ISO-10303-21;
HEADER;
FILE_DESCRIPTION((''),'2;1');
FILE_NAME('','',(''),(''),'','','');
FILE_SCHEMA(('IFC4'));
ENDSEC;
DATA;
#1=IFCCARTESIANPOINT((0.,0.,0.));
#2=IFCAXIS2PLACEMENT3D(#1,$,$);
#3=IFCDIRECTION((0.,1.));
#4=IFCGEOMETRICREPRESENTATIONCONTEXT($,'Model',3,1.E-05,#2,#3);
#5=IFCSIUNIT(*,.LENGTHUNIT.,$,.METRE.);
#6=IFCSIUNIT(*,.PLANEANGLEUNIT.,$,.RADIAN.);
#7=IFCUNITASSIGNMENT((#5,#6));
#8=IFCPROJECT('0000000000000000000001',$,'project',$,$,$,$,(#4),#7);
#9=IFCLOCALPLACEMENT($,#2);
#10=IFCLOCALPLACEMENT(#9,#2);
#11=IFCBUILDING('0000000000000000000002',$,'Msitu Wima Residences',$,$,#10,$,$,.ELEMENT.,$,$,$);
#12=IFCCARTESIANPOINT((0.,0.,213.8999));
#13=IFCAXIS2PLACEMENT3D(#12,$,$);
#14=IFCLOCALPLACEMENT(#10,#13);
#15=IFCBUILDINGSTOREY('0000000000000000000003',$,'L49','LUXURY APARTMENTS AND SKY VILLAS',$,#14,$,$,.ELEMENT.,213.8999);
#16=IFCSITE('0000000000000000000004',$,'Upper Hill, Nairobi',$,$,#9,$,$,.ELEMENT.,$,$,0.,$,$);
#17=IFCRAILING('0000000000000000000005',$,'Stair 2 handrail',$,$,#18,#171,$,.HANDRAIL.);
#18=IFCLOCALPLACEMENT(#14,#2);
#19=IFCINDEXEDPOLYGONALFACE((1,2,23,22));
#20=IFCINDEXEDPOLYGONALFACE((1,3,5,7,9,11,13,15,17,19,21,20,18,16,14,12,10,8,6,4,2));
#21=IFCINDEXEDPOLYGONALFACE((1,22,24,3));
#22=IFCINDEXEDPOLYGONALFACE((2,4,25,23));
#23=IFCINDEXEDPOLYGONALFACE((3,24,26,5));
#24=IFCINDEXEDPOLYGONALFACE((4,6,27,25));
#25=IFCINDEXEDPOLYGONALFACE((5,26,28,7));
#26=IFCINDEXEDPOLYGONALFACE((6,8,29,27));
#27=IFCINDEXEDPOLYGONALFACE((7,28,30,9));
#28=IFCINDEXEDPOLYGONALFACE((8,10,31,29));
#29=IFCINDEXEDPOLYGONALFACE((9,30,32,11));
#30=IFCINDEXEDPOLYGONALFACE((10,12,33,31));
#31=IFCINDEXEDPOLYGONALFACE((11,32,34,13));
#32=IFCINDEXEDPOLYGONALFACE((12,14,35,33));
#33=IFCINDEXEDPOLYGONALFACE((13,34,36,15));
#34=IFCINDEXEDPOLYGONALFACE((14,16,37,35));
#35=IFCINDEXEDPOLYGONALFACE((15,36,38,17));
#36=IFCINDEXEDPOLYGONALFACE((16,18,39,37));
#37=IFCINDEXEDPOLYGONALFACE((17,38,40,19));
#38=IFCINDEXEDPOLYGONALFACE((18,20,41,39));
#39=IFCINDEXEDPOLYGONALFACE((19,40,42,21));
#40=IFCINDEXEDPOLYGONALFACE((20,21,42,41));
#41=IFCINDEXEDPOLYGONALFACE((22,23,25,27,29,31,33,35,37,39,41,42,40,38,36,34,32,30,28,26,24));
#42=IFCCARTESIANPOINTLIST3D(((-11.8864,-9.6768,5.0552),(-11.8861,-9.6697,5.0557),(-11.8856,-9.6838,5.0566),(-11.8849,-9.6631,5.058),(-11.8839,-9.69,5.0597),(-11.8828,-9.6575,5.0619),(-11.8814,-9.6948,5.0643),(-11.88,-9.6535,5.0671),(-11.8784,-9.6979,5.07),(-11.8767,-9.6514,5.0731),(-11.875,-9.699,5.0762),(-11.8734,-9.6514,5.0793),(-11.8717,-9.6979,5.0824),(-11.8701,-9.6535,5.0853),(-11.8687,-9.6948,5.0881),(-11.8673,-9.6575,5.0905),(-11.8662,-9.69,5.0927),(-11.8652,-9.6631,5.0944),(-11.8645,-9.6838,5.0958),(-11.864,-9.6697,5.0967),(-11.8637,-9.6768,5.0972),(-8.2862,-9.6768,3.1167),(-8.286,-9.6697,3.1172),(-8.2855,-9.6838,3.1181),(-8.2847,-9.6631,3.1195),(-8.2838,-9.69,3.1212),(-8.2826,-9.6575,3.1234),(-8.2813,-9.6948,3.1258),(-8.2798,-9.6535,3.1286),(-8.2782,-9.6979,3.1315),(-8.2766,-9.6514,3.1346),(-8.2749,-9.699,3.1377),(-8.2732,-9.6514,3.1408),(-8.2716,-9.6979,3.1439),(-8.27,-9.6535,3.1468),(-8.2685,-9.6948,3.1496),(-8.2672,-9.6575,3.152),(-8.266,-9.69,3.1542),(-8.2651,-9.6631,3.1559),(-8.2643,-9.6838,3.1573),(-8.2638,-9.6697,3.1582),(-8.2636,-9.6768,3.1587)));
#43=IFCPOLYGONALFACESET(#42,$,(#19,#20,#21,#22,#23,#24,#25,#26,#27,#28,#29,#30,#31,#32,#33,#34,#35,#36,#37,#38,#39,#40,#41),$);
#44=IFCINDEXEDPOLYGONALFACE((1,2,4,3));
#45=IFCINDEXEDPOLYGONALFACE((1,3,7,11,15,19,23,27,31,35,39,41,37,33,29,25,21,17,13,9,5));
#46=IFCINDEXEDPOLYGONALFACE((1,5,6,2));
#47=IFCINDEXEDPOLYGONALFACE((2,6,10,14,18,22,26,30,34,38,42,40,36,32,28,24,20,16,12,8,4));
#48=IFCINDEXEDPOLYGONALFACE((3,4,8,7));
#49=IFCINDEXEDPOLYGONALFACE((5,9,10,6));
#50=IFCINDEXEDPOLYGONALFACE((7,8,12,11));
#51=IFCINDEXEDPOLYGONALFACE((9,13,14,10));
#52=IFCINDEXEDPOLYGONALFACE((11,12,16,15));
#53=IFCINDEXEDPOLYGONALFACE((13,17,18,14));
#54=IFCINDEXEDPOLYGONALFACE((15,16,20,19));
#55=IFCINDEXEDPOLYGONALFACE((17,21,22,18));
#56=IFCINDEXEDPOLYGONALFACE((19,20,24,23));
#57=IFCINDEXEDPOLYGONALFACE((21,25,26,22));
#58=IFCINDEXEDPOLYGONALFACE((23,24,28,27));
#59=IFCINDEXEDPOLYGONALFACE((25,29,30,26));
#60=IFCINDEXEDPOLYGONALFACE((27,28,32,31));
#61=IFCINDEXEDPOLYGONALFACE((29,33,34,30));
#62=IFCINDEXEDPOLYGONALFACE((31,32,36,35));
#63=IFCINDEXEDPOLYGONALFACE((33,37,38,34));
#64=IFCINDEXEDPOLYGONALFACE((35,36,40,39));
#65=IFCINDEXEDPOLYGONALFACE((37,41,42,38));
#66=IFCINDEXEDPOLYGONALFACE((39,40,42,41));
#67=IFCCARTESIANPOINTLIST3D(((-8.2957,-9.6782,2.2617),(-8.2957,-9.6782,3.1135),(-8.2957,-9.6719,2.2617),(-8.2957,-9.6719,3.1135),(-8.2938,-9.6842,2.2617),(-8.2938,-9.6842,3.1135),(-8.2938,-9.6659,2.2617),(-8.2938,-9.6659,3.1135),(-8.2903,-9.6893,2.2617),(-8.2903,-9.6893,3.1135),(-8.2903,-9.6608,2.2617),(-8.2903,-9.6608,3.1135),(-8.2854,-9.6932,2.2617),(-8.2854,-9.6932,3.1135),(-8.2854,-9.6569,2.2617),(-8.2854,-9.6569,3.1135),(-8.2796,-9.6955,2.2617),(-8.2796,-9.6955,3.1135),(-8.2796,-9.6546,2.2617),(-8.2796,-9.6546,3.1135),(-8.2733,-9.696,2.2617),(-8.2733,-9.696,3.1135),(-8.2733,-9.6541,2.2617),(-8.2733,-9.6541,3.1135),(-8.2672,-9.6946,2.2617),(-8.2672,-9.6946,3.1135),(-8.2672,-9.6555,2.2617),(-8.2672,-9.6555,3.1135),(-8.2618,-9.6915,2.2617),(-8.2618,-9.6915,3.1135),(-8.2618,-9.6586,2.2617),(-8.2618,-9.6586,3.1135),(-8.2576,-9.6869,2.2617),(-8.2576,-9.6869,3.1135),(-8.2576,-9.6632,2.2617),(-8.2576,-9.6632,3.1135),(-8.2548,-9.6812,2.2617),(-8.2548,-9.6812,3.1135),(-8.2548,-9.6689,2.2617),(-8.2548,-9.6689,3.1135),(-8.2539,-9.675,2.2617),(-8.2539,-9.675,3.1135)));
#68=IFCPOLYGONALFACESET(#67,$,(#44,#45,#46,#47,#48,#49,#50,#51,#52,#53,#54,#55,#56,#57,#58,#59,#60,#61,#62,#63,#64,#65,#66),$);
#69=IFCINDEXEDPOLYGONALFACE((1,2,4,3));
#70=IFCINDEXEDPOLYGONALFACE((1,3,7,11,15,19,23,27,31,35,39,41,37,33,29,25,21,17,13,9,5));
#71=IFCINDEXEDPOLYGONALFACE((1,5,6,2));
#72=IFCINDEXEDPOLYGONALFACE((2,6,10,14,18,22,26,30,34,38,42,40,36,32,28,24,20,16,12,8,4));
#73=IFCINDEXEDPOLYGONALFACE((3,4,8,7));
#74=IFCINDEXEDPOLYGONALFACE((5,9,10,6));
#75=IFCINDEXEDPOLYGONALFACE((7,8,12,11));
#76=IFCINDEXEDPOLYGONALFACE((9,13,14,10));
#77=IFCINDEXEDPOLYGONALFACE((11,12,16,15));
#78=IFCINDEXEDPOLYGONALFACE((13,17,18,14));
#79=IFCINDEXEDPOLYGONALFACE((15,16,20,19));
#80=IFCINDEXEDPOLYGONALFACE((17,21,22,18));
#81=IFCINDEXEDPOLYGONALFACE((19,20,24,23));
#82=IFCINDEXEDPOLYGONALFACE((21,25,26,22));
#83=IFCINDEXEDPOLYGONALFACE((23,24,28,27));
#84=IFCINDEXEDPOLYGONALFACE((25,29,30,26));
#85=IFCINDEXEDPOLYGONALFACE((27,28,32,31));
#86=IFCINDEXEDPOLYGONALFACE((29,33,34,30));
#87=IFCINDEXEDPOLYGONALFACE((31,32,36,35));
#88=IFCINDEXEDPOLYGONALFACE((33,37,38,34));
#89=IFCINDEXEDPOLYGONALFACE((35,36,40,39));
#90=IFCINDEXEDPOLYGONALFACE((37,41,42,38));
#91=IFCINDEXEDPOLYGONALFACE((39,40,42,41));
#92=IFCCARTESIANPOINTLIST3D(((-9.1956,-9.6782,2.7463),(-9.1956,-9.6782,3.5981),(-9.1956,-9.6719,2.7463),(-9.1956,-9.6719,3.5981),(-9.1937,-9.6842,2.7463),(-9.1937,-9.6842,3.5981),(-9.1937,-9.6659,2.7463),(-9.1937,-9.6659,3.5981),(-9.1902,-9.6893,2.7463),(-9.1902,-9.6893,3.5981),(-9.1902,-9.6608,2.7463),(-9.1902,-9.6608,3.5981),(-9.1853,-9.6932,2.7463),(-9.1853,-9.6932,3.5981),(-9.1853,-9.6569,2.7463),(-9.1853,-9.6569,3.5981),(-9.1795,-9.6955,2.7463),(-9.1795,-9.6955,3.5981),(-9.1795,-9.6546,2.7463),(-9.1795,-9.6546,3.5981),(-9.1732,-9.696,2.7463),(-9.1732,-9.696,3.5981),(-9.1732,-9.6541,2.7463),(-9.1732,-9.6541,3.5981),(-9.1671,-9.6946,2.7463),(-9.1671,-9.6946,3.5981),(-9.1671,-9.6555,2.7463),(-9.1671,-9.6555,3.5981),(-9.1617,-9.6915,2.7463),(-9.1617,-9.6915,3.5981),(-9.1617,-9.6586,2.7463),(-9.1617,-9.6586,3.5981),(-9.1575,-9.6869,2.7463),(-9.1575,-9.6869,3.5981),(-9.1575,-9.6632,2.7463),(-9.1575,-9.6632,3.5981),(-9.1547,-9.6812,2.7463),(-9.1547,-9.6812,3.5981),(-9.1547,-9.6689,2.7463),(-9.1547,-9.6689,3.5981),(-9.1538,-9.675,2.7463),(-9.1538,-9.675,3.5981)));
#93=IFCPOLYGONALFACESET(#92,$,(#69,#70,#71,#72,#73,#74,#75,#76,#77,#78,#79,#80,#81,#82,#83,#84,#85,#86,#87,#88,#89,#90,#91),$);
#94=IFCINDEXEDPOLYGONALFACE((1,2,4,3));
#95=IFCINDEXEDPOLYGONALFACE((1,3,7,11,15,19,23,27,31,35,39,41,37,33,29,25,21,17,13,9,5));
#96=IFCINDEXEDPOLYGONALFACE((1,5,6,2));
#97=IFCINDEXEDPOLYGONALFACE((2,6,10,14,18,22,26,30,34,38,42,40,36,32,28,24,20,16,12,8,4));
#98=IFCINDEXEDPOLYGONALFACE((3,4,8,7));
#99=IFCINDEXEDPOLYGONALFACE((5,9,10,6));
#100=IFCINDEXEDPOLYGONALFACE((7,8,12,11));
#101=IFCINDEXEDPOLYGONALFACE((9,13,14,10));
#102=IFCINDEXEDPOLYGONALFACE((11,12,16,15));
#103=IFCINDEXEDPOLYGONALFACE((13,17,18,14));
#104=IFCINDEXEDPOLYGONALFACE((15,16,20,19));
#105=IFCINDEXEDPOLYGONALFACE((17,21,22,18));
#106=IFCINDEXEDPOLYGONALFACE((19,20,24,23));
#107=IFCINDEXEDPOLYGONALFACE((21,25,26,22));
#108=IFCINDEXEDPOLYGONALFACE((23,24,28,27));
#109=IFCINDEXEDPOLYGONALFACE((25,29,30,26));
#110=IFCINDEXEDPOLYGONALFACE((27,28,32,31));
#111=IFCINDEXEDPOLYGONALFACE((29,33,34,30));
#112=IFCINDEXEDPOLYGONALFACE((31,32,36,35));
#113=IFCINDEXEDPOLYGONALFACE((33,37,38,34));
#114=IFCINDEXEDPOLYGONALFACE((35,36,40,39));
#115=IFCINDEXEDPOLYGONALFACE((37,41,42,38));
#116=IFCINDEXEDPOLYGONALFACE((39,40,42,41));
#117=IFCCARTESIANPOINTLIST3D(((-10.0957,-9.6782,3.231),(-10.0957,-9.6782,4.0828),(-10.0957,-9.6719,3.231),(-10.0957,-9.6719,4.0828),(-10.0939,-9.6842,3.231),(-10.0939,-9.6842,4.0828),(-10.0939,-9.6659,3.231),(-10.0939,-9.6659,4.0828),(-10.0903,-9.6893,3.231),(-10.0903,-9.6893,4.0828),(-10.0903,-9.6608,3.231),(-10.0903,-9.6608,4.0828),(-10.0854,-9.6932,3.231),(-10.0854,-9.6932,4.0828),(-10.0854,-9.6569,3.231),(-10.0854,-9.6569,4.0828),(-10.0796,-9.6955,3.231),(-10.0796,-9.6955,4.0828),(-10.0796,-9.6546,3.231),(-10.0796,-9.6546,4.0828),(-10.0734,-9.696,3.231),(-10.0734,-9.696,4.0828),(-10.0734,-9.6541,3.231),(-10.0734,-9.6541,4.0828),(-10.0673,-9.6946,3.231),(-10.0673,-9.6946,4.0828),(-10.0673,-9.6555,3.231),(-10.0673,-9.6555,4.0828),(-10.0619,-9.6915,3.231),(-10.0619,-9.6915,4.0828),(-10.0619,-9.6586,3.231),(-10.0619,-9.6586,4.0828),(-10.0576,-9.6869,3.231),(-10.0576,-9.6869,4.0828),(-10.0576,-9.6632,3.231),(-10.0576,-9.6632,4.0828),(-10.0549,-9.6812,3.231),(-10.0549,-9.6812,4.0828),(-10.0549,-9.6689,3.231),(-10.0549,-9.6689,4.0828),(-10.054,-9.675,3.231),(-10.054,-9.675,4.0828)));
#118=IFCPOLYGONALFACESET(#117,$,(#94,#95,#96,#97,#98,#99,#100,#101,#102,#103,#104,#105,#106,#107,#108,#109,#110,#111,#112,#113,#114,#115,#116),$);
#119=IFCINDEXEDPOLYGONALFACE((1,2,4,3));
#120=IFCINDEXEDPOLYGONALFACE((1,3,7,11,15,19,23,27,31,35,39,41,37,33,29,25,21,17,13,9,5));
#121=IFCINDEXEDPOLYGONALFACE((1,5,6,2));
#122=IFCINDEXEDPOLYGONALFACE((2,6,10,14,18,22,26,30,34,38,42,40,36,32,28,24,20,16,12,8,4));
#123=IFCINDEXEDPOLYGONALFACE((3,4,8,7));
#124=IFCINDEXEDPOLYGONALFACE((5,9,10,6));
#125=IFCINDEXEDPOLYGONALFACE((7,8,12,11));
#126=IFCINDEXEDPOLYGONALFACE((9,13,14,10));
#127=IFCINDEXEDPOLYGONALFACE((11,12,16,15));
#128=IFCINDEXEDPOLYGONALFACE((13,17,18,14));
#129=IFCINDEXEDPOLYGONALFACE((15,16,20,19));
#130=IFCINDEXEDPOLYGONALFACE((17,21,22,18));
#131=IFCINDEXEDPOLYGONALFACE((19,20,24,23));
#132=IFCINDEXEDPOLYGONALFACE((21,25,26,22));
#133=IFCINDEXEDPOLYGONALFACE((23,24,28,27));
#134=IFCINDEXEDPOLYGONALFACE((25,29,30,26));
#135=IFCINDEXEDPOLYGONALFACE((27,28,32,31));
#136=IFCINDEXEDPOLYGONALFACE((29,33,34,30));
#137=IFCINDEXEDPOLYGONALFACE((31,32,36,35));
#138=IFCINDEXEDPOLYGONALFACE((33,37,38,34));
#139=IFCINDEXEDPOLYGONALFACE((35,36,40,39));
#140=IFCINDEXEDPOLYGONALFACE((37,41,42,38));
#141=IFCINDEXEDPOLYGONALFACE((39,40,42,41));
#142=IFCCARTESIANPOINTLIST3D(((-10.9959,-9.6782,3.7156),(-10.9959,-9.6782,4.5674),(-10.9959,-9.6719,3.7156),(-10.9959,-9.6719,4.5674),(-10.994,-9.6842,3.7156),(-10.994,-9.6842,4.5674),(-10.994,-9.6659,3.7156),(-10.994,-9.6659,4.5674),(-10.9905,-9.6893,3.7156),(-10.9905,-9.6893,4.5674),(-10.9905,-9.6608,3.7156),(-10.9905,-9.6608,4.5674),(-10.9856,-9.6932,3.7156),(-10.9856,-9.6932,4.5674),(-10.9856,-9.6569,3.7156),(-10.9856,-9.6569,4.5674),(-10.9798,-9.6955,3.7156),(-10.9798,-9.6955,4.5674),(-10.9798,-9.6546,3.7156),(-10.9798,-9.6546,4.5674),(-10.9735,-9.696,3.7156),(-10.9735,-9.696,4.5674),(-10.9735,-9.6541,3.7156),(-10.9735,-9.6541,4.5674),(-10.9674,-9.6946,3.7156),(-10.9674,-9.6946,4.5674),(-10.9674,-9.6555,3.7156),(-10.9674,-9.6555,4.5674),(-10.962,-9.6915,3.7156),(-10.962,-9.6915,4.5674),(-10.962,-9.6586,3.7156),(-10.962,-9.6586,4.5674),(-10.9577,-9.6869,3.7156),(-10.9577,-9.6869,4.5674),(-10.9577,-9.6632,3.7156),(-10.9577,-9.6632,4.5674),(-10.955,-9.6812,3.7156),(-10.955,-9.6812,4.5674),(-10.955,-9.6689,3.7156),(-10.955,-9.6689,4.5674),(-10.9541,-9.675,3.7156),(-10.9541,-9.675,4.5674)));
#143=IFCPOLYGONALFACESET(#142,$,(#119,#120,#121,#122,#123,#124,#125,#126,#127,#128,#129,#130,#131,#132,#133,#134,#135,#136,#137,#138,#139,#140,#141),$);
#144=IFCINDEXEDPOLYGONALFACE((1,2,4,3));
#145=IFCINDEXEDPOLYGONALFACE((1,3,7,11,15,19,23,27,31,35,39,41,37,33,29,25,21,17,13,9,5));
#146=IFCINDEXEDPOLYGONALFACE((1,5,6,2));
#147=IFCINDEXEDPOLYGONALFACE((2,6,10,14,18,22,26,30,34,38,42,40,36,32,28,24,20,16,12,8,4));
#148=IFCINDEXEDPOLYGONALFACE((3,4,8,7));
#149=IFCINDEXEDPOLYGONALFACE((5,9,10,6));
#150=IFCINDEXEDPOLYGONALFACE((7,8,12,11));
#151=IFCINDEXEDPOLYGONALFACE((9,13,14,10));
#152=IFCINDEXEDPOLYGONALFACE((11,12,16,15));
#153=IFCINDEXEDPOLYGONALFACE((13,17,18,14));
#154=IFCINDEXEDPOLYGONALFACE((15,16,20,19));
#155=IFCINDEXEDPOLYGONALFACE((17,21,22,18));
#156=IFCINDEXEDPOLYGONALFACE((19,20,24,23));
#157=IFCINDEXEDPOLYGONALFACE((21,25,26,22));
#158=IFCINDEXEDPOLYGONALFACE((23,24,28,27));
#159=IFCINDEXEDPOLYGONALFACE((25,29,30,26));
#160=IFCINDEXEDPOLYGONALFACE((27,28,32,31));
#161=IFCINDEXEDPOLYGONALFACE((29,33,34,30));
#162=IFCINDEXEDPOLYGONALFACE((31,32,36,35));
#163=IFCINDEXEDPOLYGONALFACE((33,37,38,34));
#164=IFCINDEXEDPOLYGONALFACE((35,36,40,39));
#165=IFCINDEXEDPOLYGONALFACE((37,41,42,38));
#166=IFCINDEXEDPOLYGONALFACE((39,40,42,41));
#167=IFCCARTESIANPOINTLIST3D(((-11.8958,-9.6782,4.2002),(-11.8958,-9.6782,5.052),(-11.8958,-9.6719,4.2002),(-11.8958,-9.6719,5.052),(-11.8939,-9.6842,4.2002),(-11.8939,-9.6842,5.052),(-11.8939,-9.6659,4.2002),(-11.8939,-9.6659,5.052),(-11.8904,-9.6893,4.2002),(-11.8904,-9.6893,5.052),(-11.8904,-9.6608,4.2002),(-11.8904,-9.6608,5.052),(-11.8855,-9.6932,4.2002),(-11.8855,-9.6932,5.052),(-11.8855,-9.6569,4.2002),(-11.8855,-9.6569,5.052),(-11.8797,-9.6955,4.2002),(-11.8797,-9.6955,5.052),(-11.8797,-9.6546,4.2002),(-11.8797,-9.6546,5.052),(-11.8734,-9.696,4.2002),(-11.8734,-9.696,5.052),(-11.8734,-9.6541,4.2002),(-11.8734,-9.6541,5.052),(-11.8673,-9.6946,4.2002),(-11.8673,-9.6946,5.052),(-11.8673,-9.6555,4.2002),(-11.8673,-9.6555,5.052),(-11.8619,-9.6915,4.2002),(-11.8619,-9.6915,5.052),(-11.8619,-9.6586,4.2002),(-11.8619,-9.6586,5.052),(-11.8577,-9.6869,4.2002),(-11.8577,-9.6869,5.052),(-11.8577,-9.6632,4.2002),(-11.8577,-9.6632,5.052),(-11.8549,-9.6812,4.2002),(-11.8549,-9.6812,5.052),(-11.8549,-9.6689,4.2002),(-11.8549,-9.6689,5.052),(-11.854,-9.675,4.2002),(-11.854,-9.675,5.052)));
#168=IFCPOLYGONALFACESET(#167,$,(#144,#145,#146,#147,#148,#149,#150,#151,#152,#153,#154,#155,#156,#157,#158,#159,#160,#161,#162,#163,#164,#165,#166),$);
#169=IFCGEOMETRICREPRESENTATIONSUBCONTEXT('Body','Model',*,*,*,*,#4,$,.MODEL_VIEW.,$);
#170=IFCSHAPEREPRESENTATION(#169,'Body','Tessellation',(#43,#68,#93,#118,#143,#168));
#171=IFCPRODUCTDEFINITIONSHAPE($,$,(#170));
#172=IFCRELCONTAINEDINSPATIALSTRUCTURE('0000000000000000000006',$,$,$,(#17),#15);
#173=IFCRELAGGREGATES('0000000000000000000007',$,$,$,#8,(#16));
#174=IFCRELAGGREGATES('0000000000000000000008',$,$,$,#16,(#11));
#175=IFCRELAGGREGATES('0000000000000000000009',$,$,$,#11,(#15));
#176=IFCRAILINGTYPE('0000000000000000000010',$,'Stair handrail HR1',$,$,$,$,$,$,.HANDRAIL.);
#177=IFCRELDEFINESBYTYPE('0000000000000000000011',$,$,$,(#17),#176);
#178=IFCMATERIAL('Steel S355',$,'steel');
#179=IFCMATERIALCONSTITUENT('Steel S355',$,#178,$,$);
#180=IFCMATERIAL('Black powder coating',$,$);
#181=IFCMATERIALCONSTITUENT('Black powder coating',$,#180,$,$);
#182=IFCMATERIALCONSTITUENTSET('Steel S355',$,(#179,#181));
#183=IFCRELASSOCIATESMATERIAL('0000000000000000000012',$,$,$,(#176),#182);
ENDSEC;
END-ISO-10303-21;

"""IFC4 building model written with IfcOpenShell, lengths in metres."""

from ifc_helpers import new_model, si_unit, direction, frame, origin, origin_2d, place, context, subcontext, project, spatial, circle, extrude, material, constituent, constituent_set, type_object, element, save


model = new_model("IFC4")

# Units and contexts
model_context = context("Model", 3, precision=1e-05, world=origin(), true_north=direction((0.0, 1.0)))
body_context = subcontext(model_context, "Body", "Model", "MODEL_VIEW")
ifc_project = project(units=[si_unit("LENGTHUNIT", "METRE"), si_unit("PLANEANGLEUNIT", "RADIAN")], contexts=[model_context])

# Site, building, storey
site_placement = place(None, origin())
site = spatial("IfcSite", under=ifc_project, at=site_placement, Name="Upper Hill, Nairobi", CompositionType="ELEMENT", RefElevation=0.0)
building_placement = place(site_placement, origin())
building = spatial("IfcBuilding", under=site, at=building_placement, Name="Msitu Wima Residences", CompositionType="ELEMENT")
storey_placement = place(building_placement, frame((0.0, 0.0, 213.8999)))
storey = spatial("IfcBuildingStorey", under=building, at=storey_placement, Name="L49", Description="LUXURY APARTMENTS AND SKY VILLAS", CompositionType="ELEMENT", Elevation=213.8999)

# Railing
ifc_material_1 = material(Name="Steel S355", Category="steel")
ifc_constituent_1 = constituent(ifc_material_1, Name="Steel S355")
ifc_material_2 = material(Name="Black powder coating")
ifc_constituent_2 = constituent(ifc_material_2, Name="Black powder coating")
ifc_constituent_set = constituent_set(constituents=[ifc_constituent_1, ifc_constituent_2], Name="Steel S355")
railing_type = type_object("IfcRailingType", Name="Stair handrail HR1", PredefinedType="HANDRAIL", material=ifc_constituent_set)
for number, where, name in (
    (1, (-8.2749, -9.675, 2.2617), "Stair 2 handrail"),
):
    element("IfcRailing", number, at=place(storey_placement, frame(where)), inside=storey, type_object=railing_type, Name=name, PredefinedType="HANDRAIL", context=body_context, shape_type="SweptSolid", body=[
        extrude(circle(Radius=0.0239, at=origin_2d()), frame((0.0, 0.0, 0.876), z_axis=(-0.880475, 0.0, 0.474093), x_axis=(0.0, -1.0, 0.0)), (0.0, 0.0, 1.0), 4.0889),
        extrude(circle(Radius=0.021, at=origin_2d()), origin(), (0.0, 0.0, 1.0), 0.8518),
        extrude(circle(Radius=0.021, at=origin_2d()), frame((-0.8999, 0.0, 0.4846)), (0.0, 0.0, 1.0), 0.8518),
        extrude(circle(Radius=0.021, at=origin_2d()), frame((-1.8, 0.0, 0.9692)), (0.0, 0.0, 1.0), 0.8518),
        extrude(circle(Radius=0.021, at=origin_2d()), frame((-2.7002, 0.0, 1.4539)), (0.0, 0.0, 1.0), 0.8518),
        extrude(circle(Radius=0.021, at=origin_2d()), frame((-3.6001, 0.0, 1.9385)), (0.0, 0.0, 1.0), 0.8518),
    ])

save(model, "model.ifc")
